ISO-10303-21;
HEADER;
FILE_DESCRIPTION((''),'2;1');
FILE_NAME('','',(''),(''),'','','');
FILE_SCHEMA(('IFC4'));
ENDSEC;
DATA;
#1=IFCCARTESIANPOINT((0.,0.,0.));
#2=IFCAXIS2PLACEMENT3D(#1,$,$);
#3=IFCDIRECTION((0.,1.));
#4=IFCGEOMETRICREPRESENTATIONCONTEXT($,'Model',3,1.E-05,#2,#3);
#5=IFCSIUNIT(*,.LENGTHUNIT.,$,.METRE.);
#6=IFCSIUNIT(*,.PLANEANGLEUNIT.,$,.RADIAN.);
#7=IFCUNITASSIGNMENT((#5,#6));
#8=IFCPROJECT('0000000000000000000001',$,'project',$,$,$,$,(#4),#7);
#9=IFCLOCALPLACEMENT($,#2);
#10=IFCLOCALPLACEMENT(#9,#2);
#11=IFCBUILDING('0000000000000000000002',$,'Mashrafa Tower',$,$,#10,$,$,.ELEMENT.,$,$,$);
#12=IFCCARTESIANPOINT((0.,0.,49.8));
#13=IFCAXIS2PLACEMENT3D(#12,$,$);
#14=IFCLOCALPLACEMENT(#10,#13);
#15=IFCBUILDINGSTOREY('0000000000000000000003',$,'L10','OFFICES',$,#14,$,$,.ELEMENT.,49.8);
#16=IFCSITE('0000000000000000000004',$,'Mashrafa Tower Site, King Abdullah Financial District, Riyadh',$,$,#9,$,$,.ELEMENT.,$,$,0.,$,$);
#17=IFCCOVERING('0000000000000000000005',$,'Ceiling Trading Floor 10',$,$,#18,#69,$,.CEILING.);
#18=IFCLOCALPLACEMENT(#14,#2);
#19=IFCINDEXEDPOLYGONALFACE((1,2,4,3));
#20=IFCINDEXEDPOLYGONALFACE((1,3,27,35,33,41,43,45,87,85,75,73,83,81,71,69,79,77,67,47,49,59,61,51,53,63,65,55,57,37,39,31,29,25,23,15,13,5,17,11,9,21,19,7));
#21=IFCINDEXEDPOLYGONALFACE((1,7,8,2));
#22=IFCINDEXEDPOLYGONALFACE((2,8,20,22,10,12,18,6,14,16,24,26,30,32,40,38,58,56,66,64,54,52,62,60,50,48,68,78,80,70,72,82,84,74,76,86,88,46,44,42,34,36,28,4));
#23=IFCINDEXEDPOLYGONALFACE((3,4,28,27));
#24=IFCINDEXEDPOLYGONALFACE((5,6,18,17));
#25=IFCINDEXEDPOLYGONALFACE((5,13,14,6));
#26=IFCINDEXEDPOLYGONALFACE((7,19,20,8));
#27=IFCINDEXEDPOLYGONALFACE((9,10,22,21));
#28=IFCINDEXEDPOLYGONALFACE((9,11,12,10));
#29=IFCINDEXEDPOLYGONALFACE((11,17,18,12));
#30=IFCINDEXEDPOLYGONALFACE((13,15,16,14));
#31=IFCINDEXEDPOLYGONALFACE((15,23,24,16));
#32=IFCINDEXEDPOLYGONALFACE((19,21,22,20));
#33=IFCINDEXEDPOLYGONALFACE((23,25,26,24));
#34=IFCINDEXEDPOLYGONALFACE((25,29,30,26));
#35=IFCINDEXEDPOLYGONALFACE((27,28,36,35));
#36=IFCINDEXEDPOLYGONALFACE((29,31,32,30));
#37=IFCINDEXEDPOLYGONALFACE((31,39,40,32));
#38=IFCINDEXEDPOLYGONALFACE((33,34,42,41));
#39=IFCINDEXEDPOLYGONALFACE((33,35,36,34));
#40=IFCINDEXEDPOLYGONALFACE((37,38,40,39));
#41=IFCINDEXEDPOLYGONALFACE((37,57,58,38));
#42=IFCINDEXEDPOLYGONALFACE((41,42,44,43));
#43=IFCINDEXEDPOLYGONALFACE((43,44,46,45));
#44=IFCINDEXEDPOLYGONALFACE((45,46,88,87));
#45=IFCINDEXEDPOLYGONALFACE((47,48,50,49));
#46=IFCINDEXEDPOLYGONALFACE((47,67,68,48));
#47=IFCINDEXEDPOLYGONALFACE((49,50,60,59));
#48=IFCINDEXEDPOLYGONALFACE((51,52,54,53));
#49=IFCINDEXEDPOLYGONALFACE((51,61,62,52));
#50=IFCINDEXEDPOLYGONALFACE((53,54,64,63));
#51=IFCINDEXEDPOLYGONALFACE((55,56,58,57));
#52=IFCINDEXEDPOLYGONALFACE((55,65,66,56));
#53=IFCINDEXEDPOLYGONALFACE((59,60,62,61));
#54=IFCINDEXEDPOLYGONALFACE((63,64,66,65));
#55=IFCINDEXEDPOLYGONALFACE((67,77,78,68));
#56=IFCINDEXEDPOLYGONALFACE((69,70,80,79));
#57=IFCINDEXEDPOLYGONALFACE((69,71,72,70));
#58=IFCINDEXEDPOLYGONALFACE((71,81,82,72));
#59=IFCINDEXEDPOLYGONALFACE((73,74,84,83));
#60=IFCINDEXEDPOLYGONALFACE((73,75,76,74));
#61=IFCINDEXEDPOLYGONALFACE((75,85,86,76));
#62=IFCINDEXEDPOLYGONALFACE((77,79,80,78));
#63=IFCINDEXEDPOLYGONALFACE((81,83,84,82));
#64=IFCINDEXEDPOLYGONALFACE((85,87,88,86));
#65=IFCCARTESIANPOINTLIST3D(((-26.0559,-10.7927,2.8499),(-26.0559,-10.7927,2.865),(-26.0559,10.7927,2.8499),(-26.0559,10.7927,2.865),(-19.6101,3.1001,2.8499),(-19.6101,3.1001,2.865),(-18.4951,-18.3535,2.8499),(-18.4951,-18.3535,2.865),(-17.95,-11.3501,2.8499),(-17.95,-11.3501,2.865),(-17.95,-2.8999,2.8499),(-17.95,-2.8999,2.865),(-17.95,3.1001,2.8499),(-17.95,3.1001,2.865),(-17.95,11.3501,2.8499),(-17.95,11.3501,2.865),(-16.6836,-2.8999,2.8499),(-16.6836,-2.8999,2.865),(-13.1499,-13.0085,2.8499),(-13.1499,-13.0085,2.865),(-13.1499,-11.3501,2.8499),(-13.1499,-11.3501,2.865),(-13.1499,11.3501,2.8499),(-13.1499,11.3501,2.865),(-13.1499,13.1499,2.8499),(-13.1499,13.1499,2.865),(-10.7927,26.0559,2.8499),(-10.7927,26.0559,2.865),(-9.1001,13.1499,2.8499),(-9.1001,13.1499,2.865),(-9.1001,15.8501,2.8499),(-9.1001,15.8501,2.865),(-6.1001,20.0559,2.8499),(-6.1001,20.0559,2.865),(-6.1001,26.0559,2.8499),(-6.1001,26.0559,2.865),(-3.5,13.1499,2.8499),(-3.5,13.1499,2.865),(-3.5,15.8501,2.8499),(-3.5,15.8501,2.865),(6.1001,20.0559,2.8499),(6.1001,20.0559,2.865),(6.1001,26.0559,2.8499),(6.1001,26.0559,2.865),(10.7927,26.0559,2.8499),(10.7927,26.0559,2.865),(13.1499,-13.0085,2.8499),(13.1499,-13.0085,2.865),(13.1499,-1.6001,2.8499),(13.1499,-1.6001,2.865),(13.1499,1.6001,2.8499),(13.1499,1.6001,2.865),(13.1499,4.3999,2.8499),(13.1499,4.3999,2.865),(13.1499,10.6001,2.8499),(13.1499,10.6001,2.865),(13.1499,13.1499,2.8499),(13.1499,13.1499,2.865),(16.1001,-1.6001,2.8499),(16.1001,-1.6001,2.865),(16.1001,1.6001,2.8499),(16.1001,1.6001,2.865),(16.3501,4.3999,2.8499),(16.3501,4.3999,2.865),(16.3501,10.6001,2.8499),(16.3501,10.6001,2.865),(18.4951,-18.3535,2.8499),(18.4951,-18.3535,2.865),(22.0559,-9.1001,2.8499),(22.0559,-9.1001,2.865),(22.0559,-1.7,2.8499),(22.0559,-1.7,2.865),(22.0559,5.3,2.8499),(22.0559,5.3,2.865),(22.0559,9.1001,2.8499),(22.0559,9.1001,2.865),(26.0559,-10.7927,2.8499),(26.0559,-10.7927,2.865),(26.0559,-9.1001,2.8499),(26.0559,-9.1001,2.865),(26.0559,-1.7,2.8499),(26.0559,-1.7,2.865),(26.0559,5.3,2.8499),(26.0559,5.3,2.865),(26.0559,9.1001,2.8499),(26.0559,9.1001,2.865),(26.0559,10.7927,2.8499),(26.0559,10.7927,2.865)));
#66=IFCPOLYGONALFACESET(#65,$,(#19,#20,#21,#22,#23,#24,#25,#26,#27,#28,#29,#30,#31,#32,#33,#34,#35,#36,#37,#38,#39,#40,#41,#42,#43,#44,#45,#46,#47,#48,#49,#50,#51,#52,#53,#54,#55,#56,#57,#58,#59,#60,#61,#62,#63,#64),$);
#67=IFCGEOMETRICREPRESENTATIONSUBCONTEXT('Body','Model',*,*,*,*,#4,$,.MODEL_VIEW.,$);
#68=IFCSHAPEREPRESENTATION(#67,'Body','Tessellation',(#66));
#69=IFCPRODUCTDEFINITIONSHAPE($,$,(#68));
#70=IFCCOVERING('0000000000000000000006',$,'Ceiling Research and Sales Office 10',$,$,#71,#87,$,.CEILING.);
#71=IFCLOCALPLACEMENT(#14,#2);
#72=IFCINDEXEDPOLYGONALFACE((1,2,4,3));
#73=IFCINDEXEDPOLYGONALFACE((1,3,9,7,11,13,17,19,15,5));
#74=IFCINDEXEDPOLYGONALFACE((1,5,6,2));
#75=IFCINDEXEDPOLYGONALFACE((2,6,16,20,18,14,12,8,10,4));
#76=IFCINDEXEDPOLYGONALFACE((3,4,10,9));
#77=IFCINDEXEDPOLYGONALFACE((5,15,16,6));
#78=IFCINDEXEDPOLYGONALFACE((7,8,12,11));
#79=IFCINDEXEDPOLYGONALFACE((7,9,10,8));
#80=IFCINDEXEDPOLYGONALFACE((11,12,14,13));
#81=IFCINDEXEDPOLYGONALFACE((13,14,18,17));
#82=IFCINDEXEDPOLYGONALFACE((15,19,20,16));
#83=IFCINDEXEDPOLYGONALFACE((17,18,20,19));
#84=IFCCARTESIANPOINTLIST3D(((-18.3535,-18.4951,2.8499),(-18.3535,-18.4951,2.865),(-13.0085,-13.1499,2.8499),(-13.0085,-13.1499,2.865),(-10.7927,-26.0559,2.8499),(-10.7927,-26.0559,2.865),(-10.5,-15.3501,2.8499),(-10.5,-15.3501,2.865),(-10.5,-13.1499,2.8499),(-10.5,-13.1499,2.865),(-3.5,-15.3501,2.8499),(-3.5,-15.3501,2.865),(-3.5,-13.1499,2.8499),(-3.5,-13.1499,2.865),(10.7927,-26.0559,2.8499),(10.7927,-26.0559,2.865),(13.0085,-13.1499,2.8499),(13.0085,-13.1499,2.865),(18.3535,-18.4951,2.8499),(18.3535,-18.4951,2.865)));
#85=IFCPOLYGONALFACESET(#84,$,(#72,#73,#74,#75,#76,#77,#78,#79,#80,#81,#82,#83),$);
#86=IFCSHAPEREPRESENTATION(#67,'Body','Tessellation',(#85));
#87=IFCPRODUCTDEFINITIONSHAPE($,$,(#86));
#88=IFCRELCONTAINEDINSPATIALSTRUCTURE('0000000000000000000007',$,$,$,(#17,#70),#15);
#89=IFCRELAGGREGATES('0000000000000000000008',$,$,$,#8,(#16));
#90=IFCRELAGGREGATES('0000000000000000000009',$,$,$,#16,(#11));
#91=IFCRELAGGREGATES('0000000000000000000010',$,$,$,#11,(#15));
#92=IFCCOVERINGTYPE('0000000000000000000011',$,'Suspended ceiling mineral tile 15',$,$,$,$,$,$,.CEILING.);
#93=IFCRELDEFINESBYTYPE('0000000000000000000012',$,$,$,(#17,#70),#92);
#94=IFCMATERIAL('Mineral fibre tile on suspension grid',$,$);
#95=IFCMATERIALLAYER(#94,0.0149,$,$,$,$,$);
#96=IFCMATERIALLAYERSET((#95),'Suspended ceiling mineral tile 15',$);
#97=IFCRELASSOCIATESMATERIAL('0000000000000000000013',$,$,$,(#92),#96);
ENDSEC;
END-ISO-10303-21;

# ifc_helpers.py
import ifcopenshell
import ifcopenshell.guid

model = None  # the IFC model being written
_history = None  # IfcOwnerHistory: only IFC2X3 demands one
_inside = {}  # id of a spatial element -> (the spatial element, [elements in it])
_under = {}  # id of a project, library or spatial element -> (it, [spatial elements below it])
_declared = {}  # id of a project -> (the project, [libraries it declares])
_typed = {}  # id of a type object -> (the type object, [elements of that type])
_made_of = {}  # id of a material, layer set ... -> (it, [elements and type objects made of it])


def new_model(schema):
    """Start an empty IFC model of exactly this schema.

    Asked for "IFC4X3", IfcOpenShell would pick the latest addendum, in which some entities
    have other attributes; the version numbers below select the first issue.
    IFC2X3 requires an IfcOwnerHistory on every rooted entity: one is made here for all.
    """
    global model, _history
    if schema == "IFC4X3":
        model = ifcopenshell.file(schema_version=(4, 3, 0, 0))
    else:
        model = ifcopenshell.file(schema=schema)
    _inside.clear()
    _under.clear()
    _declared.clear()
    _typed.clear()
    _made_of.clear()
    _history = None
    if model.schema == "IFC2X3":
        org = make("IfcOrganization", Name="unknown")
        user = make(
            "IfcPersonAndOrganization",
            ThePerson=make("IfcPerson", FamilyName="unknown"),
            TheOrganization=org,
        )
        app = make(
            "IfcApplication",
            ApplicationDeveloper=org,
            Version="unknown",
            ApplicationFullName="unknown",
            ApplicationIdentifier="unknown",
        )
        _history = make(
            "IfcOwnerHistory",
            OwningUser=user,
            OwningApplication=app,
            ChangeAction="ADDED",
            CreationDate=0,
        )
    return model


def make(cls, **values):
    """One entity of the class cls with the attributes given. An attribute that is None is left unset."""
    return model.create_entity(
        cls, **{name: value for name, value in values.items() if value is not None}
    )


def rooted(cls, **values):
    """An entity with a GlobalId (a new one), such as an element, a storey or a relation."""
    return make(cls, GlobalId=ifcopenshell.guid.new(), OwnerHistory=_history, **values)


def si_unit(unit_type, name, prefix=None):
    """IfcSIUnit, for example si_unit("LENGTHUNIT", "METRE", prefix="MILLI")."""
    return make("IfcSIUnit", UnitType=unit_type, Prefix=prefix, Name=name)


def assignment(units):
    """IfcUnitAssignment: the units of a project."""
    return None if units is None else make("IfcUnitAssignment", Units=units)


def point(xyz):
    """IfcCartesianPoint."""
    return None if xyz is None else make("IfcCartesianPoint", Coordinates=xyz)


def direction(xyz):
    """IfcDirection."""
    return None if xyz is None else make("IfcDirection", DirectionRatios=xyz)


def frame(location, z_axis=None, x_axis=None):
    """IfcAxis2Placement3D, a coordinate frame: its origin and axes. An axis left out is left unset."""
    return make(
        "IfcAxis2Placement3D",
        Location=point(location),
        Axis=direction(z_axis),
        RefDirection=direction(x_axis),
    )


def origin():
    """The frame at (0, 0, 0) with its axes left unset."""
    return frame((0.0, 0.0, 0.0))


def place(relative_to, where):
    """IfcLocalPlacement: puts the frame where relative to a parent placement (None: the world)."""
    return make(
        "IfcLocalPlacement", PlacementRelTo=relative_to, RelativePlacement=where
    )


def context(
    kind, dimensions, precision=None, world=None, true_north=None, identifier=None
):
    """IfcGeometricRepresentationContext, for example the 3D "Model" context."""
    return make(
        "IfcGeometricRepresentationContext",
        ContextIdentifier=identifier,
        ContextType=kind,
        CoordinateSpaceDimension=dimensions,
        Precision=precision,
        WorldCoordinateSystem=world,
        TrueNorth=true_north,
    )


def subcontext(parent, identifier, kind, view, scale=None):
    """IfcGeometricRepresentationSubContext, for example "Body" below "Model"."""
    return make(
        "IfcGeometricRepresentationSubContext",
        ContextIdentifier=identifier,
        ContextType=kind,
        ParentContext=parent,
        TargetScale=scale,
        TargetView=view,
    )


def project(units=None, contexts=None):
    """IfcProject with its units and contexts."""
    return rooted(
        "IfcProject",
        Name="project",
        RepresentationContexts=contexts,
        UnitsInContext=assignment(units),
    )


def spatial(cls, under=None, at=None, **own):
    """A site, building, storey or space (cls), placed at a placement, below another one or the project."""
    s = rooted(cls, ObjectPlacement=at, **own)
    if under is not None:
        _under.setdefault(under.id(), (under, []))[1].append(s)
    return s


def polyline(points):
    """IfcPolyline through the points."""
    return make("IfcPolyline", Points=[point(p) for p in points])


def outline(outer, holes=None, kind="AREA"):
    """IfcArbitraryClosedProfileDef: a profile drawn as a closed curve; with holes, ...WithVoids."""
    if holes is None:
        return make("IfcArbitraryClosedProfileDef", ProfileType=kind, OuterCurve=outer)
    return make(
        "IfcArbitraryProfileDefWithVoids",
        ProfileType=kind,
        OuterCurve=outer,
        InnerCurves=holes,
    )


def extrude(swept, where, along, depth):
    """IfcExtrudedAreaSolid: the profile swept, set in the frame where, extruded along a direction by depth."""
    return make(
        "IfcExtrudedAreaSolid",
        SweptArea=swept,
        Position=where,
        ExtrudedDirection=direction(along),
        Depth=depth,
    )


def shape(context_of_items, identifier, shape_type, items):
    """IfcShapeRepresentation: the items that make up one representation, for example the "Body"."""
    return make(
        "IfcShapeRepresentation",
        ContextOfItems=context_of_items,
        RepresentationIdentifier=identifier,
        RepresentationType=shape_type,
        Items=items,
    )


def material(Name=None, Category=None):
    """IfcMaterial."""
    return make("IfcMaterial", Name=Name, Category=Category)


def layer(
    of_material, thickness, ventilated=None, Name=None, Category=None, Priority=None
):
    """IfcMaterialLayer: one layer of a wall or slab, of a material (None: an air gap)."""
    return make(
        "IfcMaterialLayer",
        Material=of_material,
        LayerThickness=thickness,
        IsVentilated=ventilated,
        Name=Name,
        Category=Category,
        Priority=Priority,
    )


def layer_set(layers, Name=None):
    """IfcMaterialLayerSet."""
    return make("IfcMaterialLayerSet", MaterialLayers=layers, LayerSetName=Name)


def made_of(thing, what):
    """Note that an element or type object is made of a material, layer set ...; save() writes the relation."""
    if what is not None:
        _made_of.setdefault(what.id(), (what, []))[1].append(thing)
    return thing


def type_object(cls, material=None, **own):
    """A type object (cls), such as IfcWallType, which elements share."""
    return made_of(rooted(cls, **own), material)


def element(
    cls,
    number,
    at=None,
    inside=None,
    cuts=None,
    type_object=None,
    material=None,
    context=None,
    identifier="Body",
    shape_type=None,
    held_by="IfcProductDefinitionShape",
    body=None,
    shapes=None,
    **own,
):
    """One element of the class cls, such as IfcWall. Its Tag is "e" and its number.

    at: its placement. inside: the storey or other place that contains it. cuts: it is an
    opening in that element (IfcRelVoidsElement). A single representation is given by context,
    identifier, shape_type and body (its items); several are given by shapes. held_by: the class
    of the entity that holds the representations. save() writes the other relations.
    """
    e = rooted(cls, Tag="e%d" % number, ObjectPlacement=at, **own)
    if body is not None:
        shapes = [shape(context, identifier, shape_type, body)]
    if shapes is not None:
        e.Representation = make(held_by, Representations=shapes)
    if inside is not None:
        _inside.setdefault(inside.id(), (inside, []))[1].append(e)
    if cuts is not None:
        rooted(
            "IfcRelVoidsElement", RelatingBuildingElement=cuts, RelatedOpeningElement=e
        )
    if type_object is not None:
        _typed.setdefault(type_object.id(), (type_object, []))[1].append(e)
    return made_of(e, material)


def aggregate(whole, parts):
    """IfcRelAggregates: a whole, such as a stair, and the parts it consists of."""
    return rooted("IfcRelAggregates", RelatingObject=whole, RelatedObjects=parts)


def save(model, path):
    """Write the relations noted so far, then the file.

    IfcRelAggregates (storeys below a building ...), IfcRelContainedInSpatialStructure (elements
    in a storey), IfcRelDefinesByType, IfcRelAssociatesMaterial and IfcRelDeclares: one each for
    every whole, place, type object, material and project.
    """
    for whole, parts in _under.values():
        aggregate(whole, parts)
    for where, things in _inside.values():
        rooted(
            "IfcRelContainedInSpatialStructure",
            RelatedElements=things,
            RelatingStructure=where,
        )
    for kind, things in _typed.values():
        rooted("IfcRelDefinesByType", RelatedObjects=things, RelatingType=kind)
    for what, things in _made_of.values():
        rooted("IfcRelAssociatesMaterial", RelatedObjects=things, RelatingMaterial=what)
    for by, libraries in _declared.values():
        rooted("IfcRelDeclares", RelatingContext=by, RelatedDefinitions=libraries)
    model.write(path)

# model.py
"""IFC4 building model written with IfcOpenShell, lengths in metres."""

from ifc_helpers import new_model, si_unit, direction, frame, origin, place, context, subcontext, project, spatial, polyline, outline, extrude, material, layer, layer_set, type_object, element, save


model = new_model("IFC4")

# Units and contexts
model_context = context("Model", 3, precision=1e-05, world=origin(), true_north=direction((0.0, 1.0)))
body_context = subcontext(model_context, "Body", "Model", "MODEL_VIEW")
ifc_project = project(units=[si_unit("LENGTHUNIT", "METRE"), si_unit("PLANEANGLEUNIT", "RADIAN")], contexts=[model_context])

# Site, building, storey
site_placement = place(None, origin())
site = spatial("IfcSite", under=ifc_project, at=site_placement, Name="Mashrafa Tower Site, King Abdullah Financial District, Riyadh", CompositionType="ELEMENT", RefElevation=0.0)
building_placement = place(site_placement, origin())
building = spatial("IfcBuilding", under=site, at=building_placement, Name="Mashrafa Tower", CompositionType="ELEMENT")
storey_placement = place(building_placement, frame((0.0, 0.0, 49.8)))
storey = spatial("IfcBuildingStorey", under=building, at=storey_placement, Name="L10", Description="OFFICES", CompositionType="ELEMENT", Elevation=49.8)

# Coverings
ifc_material_1 = material(Name="Mineral fibre tile on suspension grid")
ifc_layer_1 = layer(ifc_material_1, 0.0149)
ifc_layer_set_1 = layer_set([ifc_layer_1], Name="Suspended ceiling mineral tile 15")
covering_type = type_object("IfcCoveringType", Name="Suspended ceiling mineral tile 15", PredefinedType="CEILING", material=ifc_layer_set_1)
covering_1_placement = place(storey_placement, frame((0.0, 0.0, 2.8499)))
element("IfcCovering", 1, at=covering_1_placement, inside=storey, type_object=covering_type, Name="Ceiling Trading Floor 10", PredefinedType="CEILING", context=body_context, shape_type="SweptSolid", body=[
    extrude(outline(polyline([(-13.1499, -13.0085), (-18.4951, -18.3535), (-26.0559, -10.7927), (-26.0559, 10.7927), (-10.7927, 26.0559), (-6.1001, 26.0559), (-6.1001, 20.0559), (6.1001, 20.0559), (6.1001, 26.0559), (10.7927, 26.0559), (26.0559, 10.7927), (26.0559, 9.1001), (22.0559, 9.1001), (22.0559, 5.3), (26.0559, 5.3), (26.0559, -1.7), (22.0559, -1.7), (22.0559, -9.1001), (26.0559, -9.1001), (26.0559, -10.7927), (18.4951, -18.3535), (13.1499, -13.0085), (13.1499, -1.6001), (16.1001, -1.6001), (16.1001, 1.6001), (13.1499, 1.6001), (13.1499, 4.3999), (16.3501, 4.3999), (16.3501, 10.6001), (13.1499, 10.6001), (13.1499, 13.1499), (-3.5, 13.1499), (-3.5, 15.8501), (-9.1001, 15.8501), (-9.1001, 13.1499), (-13.1499, 13.1499), (-13.1499, 11.3501), (-17.95, 11.3501), (-17.95, 3.1001), (-19.6101, 3.1001), (-16.6836, -2.8999), (-17.95, -2.8999), (-17.95, -11.3501), (-13.1499, -11.3501), (-13.1499, -13.0085)])), origin(), (0.0, 0.0, 1.0), 0.0151),
])
covering_2_placement = place(storey_placement, frame((0.0, 0.0, 2.8499)))
element("IfcCovering", 2, at=covering_2_placement, inside=storey, type_object=covering_type, Name="Ceiling Research and Sales Office 10", PredefinedType="CEILING", context=body_context, shape_type="SweptSolid", body=[
    extrude(outline(polyline([(13.0085, -13.1499), (18.3535, -18.4951), (10.7927, -26.0559), (-10.7927, -26.0559), (-18.3535, -18.4951), (-13.0085, -13.1499), (-10.5, -13.1499), (-10.5, -15.3501), (-3.5, -15.3501), (-3.5, -13.1499), (13.0085, -13.1499)])), origin(), (0.0, 0.0, 1.0), 0.0151),
])

save(model, "model.ifc")
